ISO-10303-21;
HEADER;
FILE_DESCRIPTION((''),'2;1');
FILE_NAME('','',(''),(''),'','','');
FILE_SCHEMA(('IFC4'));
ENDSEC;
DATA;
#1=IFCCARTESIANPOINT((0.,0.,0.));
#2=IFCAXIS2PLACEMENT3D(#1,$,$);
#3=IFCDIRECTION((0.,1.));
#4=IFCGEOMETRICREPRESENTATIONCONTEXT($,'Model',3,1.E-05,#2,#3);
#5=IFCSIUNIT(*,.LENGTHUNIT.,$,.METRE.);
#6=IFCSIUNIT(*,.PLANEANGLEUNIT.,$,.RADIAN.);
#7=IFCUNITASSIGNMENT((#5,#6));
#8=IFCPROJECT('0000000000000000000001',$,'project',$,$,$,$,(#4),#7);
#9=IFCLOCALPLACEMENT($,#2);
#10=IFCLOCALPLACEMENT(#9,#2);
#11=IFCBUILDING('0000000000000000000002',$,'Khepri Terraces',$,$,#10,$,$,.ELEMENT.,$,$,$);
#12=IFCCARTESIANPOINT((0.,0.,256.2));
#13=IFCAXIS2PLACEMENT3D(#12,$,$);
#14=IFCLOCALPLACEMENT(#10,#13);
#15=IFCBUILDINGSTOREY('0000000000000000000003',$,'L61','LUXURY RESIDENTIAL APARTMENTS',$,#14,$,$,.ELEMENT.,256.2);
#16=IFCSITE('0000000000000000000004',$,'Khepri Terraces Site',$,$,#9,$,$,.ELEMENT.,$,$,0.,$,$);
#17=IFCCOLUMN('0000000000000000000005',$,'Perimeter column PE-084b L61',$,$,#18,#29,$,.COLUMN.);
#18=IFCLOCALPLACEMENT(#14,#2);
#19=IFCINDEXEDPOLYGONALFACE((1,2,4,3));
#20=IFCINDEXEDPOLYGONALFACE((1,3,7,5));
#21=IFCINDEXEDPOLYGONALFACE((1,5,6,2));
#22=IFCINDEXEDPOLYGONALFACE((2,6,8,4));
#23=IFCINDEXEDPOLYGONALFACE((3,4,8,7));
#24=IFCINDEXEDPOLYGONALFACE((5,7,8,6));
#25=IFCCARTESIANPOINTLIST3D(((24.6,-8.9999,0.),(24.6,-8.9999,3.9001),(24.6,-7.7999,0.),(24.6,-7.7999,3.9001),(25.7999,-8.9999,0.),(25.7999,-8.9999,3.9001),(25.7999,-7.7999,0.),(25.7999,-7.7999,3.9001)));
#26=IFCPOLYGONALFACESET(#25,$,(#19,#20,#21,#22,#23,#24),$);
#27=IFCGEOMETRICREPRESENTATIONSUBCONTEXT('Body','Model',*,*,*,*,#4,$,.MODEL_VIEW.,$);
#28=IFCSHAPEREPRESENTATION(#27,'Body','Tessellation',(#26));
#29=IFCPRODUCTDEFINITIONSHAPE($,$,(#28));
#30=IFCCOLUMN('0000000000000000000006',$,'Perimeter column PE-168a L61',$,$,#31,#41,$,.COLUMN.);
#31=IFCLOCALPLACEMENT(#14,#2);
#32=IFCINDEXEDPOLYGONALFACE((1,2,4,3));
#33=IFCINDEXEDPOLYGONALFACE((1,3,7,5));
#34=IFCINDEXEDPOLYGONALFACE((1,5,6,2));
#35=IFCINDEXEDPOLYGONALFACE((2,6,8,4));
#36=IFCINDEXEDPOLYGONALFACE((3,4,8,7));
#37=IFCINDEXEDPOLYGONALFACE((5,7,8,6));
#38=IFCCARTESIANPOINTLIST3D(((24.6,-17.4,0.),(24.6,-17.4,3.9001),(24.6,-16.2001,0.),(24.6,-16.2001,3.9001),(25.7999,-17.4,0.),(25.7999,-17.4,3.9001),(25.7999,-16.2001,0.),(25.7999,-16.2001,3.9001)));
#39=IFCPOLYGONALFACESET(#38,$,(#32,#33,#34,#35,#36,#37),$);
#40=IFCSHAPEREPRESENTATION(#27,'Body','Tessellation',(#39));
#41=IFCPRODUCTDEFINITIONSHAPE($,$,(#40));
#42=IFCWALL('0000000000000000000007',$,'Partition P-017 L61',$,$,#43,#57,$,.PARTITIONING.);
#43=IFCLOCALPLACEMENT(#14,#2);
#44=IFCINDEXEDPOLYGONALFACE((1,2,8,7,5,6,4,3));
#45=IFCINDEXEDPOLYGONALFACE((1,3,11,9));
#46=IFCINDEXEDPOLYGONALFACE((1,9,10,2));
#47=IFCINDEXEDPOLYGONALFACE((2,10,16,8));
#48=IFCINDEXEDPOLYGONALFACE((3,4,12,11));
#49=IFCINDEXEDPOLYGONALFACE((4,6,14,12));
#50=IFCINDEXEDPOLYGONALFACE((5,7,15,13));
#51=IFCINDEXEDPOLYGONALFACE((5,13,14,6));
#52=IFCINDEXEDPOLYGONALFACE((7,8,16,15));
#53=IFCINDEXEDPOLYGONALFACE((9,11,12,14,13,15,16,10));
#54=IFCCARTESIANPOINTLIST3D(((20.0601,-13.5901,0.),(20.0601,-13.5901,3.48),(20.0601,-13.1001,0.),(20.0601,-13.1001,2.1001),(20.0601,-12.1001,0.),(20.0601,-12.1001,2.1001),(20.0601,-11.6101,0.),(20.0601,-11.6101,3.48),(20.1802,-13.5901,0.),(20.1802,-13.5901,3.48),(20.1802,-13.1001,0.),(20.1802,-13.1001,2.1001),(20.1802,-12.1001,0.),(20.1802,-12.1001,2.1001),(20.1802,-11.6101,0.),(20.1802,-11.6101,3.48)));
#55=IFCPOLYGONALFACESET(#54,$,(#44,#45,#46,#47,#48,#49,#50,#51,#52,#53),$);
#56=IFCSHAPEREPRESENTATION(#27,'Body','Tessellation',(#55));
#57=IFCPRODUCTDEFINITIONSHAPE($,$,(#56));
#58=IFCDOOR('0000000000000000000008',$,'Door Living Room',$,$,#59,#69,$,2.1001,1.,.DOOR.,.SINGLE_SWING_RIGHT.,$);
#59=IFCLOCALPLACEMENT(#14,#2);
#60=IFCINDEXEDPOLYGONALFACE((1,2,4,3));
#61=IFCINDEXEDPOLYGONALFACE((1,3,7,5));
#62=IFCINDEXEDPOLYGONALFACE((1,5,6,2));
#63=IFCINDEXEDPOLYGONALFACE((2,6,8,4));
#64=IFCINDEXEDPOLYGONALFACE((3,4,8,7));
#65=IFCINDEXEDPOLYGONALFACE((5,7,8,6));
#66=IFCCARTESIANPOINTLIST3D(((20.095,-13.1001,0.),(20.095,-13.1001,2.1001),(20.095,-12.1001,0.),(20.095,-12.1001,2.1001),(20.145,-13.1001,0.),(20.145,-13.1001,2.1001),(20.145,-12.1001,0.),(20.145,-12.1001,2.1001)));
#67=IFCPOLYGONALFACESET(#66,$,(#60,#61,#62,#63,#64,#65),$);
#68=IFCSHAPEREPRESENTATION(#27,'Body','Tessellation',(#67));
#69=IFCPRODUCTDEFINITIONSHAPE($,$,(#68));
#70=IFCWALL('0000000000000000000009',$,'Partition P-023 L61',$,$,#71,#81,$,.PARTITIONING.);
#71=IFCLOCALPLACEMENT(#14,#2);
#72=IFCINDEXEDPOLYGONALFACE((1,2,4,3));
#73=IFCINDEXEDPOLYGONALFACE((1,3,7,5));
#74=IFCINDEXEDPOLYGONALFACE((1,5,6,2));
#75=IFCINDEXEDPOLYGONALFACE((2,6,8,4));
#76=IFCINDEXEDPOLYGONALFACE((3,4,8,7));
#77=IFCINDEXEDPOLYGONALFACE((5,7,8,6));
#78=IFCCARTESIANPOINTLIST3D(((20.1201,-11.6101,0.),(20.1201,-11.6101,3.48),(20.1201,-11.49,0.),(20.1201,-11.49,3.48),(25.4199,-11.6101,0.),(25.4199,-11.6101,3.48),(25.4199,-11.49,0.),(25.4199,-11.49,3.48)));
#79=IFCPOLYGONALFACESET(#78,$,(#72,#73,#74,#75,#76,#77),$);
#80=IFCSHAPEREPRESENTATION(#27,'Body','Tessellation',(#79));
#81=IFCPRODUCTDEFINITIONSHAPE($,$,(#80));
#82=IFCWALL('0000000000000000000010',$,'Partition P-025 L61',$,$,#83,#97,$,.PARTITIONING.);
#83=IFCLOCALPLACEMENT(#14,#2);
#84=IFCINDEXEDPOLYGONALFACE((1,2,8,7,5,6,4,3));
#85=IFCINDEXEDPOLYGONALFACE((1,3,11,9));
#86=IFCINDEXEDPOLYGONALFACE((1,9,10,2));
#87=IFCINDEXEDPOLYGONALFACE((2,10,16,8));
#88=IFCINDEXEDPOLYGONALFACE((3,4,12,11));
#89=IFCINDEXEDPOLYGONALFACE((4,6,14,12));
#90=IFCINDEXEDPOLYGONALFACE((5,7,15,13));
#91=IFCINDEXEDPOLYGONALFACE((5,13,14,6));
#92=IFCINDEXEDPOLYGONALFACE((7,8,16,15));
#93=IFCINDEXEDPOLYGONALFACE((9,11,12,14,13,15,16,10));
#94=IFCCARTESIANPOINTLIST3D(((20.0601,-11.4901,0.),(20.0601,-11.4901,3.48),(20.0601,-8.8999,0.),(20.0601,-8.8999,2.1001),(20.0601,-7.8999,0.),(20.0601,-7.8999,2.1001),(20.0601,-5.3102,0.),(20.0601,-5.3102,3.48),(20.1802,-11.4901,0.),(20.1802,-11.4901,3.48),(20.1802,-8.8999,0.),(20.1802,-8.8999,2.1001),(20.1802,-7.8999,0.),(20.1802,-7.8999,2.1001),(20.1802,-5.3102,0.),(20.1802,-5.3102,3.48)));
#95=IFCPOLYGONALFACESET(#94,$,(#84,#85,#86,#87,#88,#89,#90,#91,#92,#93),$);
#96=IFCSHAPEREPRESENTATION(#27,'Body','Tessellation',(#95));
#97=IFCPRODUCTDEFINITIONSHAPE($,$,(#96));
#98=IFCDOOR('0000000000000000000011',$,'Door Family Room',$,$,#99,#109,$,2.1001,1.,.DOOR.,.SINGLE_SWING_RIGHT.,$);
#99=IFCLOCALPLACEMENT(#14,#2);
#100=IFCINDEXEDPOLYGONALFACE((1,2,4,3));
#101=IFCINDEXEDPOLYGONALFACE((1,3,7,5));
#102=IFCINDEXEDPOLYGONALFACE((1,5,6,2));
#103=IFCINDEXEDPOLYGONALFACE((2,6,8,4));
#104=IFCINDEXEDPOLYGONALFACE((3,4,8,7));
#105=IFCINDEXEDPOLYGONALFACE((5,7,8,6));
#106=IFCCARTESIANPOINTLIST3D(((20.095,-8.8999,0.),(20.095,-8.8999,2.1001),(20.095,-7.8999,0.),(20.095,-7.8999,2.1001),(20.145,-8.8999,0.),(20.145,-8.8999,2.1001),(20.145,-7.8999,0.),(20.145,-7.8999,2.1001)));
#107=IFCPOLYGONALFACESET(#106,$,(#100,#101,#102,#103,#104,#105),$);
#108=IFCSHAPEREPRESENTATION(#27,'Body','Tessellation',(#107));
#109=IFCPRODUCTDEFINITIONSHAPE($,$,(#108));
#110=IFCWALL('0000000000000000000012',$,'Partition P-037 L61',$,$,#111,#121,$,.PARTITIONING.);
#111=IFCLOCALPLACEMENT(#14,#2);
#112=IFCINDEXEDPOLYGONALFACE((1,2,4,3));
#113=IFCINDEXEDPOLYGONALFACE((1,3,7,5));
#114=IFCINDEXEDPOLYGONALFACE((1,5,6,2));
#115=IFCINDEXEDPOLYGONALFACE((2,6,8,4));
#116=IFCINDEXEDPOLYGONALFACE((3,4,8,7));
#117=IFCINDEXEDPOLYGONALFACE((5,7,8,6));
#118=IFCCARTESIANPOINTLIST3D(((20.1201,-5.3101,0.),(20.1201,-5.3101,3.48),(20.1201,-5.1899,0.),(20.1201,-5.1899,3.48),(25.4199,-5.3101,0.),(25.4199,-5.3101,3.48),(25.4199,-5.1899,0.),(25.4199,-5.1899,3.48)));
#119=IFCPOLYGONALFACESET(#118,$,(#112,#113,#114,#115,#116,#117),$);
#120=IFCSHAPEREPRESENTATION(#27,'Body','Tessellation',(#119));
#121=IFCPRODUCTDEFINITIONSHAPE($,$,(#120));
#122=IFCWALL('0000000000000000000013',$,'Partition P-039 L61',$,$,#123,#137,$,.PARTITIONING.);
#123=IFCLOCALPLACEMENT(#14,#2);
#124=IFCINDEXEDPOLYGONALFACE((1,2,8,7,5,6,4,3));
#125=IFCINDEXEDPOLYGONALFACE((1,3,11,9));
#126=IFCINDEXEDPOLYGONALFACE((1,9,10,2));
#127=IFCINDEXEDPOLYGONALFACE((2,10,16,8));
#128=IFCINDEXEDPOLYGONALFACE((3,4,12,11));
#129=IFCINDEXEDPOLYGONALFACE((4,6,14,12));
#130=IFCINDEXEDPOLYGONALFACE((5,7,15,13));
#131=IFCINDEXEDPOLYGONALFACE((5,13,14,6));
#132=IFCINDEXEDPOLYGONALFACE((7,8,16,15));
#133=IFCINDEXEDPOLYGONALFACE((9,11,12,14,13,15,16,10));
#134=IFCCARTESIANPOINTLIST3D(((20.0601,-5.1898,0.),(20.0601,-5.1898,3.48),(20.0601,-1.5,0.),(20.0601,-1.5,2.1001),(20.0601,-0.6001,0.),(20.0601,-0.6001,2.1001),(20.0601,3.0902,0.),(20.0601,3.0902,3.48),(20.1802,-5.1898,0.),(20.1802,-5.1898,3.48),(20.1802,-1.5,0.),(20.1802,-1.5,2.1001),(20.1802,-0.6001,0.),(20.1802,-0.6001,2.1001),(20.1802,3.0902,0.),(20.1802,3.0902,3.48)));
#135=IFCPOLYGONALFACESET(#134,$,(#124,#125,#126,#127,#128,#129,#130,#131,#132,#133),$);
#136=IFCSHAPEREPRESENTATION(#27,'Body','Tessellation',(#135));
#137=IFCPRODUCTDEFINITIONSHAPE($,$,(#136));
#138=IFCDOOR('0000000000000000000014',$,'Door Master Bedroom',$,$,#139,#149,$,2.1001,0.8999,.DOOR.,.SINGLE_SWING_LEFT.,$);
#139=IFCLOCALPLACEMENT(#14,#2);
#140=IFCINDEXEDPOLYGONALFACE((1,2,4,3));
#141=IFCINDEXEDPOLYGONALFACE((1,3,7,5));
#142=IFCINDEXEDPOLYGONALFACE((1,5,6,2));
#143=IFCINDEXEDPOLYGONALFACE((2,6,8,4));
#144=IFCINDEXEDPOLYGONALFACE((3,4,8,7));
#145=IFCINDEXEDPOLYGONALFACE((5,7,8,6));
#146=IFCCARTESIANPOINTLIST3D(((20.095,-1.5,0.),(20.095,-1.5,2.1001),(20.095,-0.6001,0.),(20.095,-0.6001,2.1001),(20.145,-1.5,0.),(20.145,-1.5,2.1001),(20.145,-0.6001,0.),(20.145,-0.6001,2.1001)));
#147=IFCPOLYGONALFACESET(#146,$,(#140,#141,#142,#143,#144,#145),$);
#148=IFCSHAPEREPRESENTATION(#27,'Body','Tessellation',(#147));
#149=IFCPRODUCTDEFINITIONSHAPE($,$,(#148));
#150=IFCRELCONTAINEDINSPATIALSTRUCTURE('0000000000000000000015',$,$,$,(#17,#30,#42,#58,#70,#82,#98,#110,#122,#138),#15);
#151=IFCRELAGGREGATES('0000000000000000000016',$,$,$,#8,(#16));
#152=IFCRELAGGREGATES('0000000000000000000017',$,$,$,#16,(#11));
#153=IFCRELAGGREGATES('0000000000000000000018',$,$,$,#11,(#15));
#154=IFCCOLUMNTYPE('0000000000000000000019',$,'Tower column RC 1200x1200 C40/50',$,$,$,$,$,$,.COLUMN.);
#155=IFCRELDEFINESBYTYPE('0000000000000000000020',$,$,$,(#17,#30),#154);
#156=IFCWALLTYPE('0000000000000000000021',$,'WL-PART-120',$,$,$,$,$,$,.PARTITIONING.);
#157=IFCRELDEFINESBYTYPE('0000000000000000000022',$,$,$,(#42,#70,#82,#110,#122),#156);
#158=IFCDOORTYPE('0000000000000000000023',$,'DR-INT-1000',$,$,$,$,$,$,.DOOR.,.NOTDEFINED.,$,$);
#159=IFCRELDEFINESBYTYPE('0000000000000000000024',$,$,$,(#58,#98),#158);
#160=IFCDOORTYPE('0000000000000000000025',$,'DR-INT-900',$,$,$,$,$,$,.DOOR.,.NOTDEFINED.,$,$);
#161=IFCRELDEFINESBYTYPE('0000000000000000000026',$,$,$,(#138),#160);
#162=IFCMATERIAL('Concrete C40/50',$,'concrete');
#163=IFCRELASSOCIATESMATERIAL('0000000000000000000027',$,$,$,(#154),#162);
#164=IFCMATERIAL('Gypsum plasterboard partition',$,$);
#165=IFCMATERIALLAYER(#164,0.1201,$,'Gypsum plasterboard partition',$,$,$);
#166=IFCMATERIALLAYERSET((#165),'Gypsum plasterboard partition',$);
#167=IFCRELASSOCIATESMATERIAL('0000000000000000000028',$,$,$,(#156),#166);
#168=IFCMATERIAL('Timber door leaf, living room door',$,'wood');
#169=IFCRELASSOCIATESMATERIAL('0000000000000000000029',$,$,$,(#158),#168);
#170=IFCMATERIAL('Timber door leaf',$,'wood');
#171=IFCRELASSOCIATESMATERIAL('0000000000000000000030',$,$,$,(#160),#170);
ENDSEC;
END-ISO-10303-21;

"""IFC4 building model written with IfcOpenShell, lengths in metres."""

from ifc_helpers import new_model, si_unit, direction, frame, frame_2d, origin, origin_2d, place, context, subcontext, project, spatial, rectangle, extrude, material, layer, layer_set, material_profile, profile_set, type_object, element, fill, save


model = new_model("IFC4")

# Units and contexts
model_context = context("Model", 3, precision=1e-05, world=origin(), true_north=direction((0.0, 1.0)))
body_context = subcontext(model_context, "Body", "Model", "MODEL_VIEW")
ifc_project = project(units=[si_unit("LENGTHUNIT", "METRE"), si_unit("PLANEANGLEUNIT", "RADIAN")], contexts=[model_context])

# Site, building, storey
site_placement = place(None, origin())
site = spatial("IfcSite", under=ifc_project, at=site_placement, Name="Khepri Terraces Site", CompositionType="ELEMENT", RefElevation=0.0)
building_placement = place(site_placement, origin())
building = spatial("IfcBuilding", under=site, at=building_placement, Name="Khepri Terraces", CompositionType="ELEMENT")
storey_placement = place(building_placement, frame((0.0, 0.0, 256.2)))
storey = spatial("IfcBuildingStorey", under=building, at=storey_placement, Name="L61", Description="LUXURY RESIDENTIAL APARTMENTS", CompositionType="ELEMENT", Elevation=256.2)

# Columns
ifc_material_1 = material(Name="Concrete C40/50", Category="concrete")
ifc_material_profile = material_profile(ifc_material_1, rectangle(XDim=1.2, YDim=1.2, at=origin_2d()), Name="Concrete C40/50", Category="concrete")
ifc_profile_set = profile_set([ifc_material_profile], Name="Concrete C40/50")
column_type = type_object("IfcColumnType", Name="Tower column RC 1200x1200 C40/50", PredefinedType="COLUMN", material=ifc_profile_set)
for number, where, z_axis, x_axis, name in (
    (1, (25.2, -8.3999, 0.0), (0.0, 0.0, 1.0), (1.0, 0.0, 0.0), "Perimeter column PE-084b L61"),
    (2, (25.2, -16.8, 0.0), (0.0, 0.0, 1.0), (1.0, 0.0, 0.0), "Perimeter column PE-168a L61"),
):
    element("IfcColumn", number, at=place(storey_placement, frame(where, z_axis=z_axis, x_axis=x_axis)), inside=storey, type_object=column_type, Name=name, PredefinedType="COLUMN", context=body_context, shape_type="SweptSolid", body=[
        extrude(rectangle(XDim=1.2, YDim=1.2, at=origin_2d()), origin(), (0.0, 0.0, 1.0), 3.9001),
    ])

# Wall, opening, door
ifc_material_2 = material(Name="Gypsum plasterboard partition")
ifc_layer_1 = layer(ifc_material_2, 0.1201, Name="Gypsum plasterboard partition")
ifc_layer_set_1 = layer_set([ifc_layer_1], Name="Gypsum plasterboard partition")
wall_type_1 = type_object("IfcWallType", Name="WL-PART-120", PredefinedType="PARTITIONING", material=ifc_layer_set_1)
wall_1_placement = place(storey_placement, frame((20.1201, -13.5901, 0.0), z_axis=(0.0, 0.0, 1.0), x_axis=(0.0, 1.0, 0.0)))
wall_1 = element("IfcWall", 3, at=wall_1_placement, inside=storey, type_object=wall_type_1, Name="Partition P-017 L61", PredefinedType="PARTITIONING", context=body_context, shape_type="SweptSolid", body=[
    extrude(rectangle(XDim=1.98, YDim=0.1201, at=frame_2d((0.99, 0.0))), origin(), (0.0, 0.0, 1.0), 3.48),
])
opening_1_placement = place(wall_1_placement, frame((0.49, 0.0, 0.0)))
opening_1 = element("IfcOpeningElement", 4, at=opening_1_placement, cuts=wall_1, PredefinedType="OPENING", context=body_context, shape_type="SweptSolid", body=[
    extrude(rectangle(XDim=1.0, YDim=2.1001, at=frame_2d((0.5, 1.05))), frame((0.0, 0.0701, 0.0), z_axis=(0.0, -1.0, 0.0), x_axis=(1.0, 0.0, 0.0)), (0.0, 0.0, 1.0), 0.1401),
])
ifc_material_3 = material(Name="Timber door leaf, living room door", Category="wood")
door_type_1 = type_object("IfcDoorType", Name="DR-INT-1000", OperationType="NOTDEFINED", PredefinedType="DOOR", material=ifc_material_3)
door_1_placement = place(opening_1_placement, frame((1.0, 0.0, 0.0), z_axis=(0.0, 0.0, 1.0), x_axis=(-1.0, 0.0, 0.0)))
door_1 = element("IfcDoor", 5, at=door_1_placement, inside=storey, type_object=door_type_1, Name="Door Living Room", OperationType="SINGLE_SWING_RIGHT", OverallHeight=2.1001, OverallWidth=1.0, PredefinedType="DOOR", context=body_context, shape_type="SweptSolid", body=[
    extrude(rectangle(XDim=1.0, YDim=2.1001, at=frame_2d((0.5, 1.05))), frame((0.0, 0.0249, 0.0), z_axis=(0.0, -1.0, 0.0), x_axis=(1.0, 0.0, 0.0)), (0.0, 0.0, 1.0), 0.05),
])
fill(opening_1, door_1)

# Wall
wall_2_placement = place(storey_placement, frame((20.1201, -11.55, 0.0), z_axis=(0.0, 0.0, 1.0), x_axis=(1.0, 0.0, 0.0)))
element("IfcWall", 6, at=wall_2_placement, inside=storey, type_object=wall_type_1, Name="Partition P-023 L61", PredefinedType="PARTITIONING", context=body_context, shape_type="SweptSolid", body=[
    extrude(rectangle(XDim=5.2998, YDim=0.1201, at=frame_2d((2.6499, 0.0))), origin(), (0.0, 0.0, 1.0), 3.48),
])

# Wall, opening, door
wall_3_placement = place(storey_placement, frame((20.1201, -11.49, 0.0), z_axis=(0.0, 0.0, 1.0), x_axis=(0.0, 1.0, 0.0)))
wall_3 = element("IfcWall", 7, at=wall_3_placement, inside=storey, type_object=wall_type_1, Name="Partition P-025 L61", PredefinedType="PARTITIONING", context=body_context, shape_type="SweptSolid", body=[
    extrude(rectangle(XDim=6.1799, YDim=0.1201, at=frame_2d((3.0898, 0.0))), origin(), (0.0, 0.0, 1.0), 3.48),
])
opening_2_placement = place(wall_3_placement, frame((2.5901, 0.0, 0.0)))
opening_2 = element("IfcOpeningElement", 8, at=opening_2_placement, cuts=wall_3, PredefinedType="OPENING", context=body_context, shape_type="SweptSolid", body=[
    extrude(rectangle(XDim=1.0, YDim=2.1001, at=frame_2d((0.5, 1.05))), frame((0.0, 0.0701, 0.0), z_axis=(0.0, -1.0, 0.0), x_axis=(1.0, 0.0, 0.0)), (0.0, 0.0, 1.0), 0.1401),
])
door_2_placement = place(opening_2_placement, frame((1.0, 0.0, 0.0), z_axis=(0.0, 0.0, 1.0), x_axis=(-1.0, 0.0, 0.0)))
door_2 = element("IfcDoor", 9, at=door_2_placement, inside=storey, type_object=door_type_1, Name="Door Family Room", OperationType="SINGLE_SWING_RIGHT", OverallHeight=2.1001, OverallWidth=1.0, PredefinedType="DOOR", context=body_context, shape_type="SweptSolid", body=[
    extrude(rectangle(XDim=1.0, YDim=2.1001, at=frame_2d((0.5, 1.05))), frame((0.0, 0.0249, 0.0), z_axis=(0.0, -1.0, 0.0), x_axis=(1.0, 0.0, 0.0)), (0.0, 0.0, 1.0), 0.05),
])
fill(opening_2, door_2)

# Wall
wall_4_placement = place(storey_placement, frame((20.1201, -5.25, 0.0), z_axis=(0.0, 0.0, 1.0), x_axis=(1.0, 0.0, 0.0)))
element("IfcWall", 10, at=wall_4_placement, inside=storey, type_object=wall_type_1, Name="Partition P-037 L61", PredefinedType="PARTITIONING", context=body_context, shape_type="SweptSolid", body=[
    extrude(rectangle(XDim=5.2998, YDim=0.1201, at=frame_2d((2.6499, 0.0))), origin(), (0.0, 0.0, 1.0), 3.48),
])

# Wall, opening, door
wall_5_placement = place(storey_placement, frame((20.1201, -5.1899, 0.0), z_axis=(0.0, 0.0, 1.0), x_axis=(0.0, 1.0, 0.0)))
wall_5 = element("IfcWall", 11, at=wall_5_placement, inside=storey, type_object=wall_type_1, Name="Partition P-039 L61", PredefinedType="PARTITIONING", context=body_context, shape_type="SweptSolid", body=[
    extrude(rectangle(XDim=8.28, YDim=0.1201, at=frame_2d((4.1401, 0.0))), origin(), (0.0, 0.0, 1.0), 3.48),
])
opening_3_placement = place(wall_5_placement, frame((3.6899, 0.0, 0.0)))
opening_3 = element("IfcOpeningElement", 12, at=opening_3_placement, cuts=wall_5, PredefinedType="OPENING", context=body_context, shape_type="SweptSolid", body=[
    extrude(rectangle(XDim=0.8999, YDim=2.1001, at=frame_2d((0.45, 1.05))), frame((0.0, 0.0701, 0.0), z_axis=(0.0, -1.0, 0.0), x_axis=(1.0, 0.0, 0.0)), (0.0, 0.0, 1.0), 0.1401),
])
ifc_material_4 = material(Name="Timber door leaf", Category="wood")
door_type_2 = type_object("IfcDoorType", Name="DR-INT-900", OperationType="NOTDEFINED", PredefinedType="DOOR", material=ifc_material_4)
door_3_placement = place(opening_3_placement, frame((0.8999, 0.0, 0.0), z_axis=(0.0, 0.0, 1.0), x_axis=(-1.0, 0.0, 0.0)))
door_3 = element("IfcDoor", 13, at=door_3_placement, inside=storey, type_object=door_type_2, Name="Door Master Bedroom", OperationType="SINGLE_SWING_LEFT", OverallHeight=2.1001, OverallWidth=0.8999, PredefinedType="DOOR", context=body_context, shape_type="SweptSolid", body=[
    extrude(rectangle(XDim=0.8999, YDim=2.1001, at=frame_2d((0.45, 1.05))), frame((0.0, 0.0249, 0.0), z_axis=(0.0, -1.0, 0.0), x_axis=(1.0, 0.0, 0.0)), (0.0, 0.0, 1.0), 0.05),
])
fill(opening_3, door_3)

save(model, "model.ifc")
